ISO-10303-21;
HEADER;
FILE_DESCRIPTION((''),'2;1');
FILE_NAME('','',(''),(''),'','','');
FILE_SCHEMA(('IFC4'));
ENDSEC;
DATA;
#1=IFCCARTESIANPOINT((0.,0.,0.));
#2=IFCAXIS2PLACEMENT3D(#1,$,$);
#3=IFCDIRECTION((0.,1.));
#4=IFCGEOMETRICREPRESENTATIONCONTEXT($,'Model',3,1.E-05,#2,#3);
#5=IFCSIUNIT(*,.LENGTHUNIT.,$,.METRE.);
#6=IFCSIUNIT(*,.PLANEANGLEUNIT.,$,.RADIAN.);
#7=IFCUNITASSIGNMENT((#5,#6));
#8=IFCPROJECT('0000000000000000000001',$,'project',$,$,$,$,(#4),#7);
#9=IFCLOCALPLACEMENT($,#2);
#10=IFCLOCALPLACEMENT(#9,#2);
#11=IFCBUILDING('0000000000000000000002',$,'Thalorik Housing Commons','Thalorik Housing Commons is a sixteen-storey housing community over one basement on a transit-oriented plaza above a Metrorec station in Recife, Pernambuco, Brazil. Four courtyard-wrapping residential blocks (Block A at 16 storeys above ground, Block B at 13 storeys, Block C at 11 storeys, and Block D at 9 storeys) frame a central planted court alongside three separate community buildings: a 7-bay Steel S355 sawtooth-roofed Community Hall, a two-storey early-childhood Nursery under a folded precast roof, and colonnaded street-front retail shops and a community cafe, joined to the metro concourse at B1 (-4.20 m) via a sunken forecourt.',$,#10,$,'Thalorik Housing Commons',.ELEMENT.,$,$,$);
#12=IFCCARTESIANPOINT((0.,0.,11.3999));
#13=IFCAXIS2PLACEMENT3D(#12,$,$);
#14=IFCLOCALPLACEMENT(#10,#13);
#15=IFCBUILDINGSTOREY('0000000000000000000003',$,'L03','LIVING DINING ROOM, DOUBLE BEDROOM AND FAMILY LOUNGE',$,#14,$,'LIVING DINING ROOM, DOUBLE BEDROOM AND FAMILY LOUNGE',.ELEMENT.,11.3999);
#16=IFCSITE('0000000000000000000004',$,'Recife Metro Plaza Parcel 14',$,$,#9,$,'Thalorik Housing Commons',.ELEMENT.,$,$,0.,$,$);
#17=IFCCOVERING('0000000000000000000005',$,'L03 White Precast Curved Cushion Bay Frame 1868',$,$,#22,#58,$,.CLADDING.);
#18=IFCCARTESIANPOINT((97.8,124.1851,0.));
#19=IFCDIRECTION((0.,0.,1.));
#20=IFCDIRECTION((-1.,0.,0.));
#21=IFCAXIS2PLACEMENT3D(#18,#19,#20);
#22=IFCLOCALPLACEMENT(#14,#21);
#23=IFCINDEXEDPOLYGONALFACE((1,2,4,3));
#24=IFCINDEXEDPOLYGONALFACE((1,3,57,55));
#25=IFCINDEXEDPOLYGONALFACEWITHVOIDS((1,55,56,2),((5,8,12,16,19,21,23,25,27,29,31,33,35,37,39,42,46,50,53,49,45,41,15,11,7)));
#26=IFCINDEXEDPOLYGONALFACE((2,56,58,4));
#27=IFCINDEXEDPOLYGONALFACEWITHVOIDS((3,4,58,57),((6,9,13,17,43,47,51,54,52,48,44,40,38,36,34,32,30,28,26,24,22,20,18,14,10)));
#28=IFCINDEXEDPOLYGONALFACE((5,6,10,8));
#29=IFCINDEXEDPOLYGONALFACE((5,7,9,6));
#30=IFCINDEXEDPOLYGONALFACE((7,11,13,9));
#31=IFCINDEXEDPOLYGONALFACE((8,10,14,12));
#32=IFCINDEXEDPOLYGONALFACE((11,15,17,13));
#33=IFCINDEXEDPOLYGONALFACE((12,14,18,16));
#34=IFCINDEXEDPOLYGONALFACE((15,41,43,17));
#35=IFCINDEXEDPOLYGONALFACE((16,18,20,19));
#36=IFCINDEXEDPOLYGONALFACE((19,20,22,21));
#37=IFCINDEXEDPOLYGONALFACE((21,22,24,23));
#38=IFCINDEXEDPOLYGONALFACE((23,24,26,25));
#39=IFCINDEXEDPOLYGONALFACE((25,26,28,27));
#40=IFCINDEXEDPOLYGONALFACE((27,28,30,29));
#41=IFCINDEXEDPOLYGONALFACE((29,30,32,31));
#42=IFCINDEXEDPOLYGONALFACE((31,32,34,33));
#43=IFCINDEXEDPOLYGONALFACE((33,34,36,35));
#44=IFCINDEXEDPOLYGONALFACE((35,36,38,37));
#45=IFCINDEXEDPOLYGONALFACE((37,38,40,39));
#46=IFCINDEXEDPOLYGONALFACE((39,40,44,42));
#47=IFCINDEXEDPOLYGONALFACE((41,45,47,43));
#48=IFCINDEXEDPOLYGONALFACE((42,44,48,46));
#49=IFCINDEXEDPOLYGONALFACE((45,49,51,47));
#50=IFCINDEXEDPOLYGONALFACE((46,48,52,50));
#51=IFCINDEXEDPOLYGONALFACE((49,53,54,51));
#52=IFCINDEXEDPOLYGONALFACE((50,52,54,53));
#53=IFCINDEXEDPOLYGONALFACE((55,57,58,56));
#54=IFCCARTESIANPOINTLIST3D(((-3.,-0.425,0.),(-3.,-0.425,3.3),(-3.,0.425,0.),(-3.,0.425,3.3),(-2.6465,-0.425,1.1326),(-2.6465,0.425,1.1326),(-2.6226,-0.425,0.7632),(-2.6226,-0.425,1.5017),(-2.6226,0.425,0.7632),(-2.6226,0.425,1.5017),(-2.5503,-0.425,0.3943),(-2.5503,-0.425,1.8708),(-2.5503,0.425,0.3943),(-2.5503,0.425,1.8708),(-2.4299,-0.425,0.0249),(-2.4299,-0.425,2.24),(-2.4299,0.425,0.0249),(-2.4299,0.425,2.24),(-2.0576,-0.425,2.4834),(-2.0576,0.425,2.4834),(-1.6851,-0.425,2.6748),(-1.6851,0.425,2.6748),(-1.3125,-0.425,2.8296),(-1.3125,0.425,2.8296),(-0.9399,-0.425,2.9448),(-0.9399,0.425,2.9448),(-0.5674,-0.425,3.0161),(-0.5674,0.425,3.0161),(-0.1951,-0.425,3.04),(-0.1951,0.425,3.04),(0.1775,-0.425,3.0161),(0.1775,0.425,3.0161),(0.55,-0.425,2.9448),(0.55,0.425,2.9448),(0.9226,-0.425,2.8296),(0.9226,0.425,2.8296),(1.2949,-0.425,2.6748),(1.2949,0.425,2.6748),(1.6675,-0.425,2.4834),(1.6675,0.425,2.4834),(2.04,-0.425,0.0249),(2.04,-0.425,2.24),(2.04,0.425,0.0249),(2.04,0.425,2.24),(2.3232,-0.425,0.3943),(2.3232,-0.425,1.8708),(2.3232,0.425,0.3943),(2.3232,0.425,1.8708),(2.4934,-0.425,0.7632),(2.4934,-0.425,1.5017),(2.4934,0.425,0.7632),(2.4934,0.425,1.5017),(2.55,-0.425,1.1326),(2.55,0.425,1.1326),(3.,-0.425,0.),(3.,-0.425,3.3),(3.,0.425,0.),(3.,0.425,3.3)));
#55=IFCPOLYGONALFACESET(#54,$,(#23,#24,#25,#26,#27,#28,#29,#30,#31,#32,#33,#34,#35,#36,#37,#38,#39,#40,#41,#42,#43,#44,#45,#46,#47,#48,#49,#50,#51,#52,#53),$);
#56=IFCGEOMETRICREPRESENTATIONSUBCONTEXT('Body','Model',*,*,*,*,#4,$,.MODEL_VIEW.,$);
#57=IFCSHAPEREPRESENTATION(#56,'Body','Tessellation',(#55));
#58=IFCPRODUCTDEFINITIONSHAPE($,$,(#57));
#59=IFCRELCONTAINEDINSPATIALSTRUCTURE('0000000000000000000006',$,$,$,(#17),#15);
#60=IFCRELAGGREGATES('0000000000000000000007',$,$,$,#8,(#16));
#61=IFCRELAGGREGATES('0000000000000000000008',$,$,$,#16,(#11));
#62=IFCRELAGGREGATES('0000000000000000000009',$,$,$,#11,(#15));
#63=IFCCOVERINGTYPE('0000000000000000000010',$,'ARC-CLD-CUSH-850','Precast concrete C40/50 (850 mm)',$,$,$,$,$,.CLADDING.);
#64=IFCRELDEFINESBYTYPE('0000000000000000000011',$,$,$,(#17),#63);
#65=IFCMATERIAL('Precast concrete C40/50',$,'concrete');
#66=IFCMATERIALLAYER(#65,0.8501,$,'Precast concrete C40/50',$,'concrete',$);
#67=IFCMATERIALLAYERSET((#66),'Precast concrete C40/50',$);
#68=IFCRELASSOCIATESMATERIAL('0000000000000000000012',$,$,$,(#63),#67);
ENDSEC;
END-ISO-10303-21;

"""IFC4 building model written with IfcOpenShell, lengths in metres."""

from ifc_helpers import new_model, si_unit, direction, frame, origin, place, context, subcontext, project, spatial, polyline, outline, extrude, material, layer, layer_set, type_object, element, save


model = new_model("IFC4")

# Units and contexts
model_context = context("Model", 3, precision=1e-05, world=origin(), true_north=direction((0.0, 1.0)))
body_context = subcontext(model_context, "Body", "Model", "MODEL_VIEW")
ifc_project = project(units=[si_unit("LENGTHUNIT", "METRE"), si_unit("PLANEANGLEUNIT", "RADIAN")], contexts=[model_context])

# Site, building, storey
site_placement = place(None, origin())
site = spatial("IfcSite", under=ifc_project, at=site_placement, Name="Recife Metro Plaza Parcel 14", LongName="Thalorik Housing Commons", CompositionType="ELEMENT", RefElevation=0.0)
building_placement = place(site_placement, origin())
building = spatial("IfcBuilding", under=site, at=building_placement, Name="Thalorik Housing Commons", Description="Thalorik Housing Commons is a sixteen-storey housing community over one basement on a transit-oriented plaza above a Metrorec station in Recife, Pernambuco, Brazil. Four courtyard-wrapping residential blocks (Block A at 16 storeys above ground, Block B at 13 storeys, Block C at 11 storeys, and Block D at 9 storeys) frame a central planted court alongside three separate community buildings: a 7-bay Steel S355 sawtooth-roofed Community Hall, a two-storey early-childhood Nursery under a folded precast roof, and colonnaded street-front retail shops and a community cafe, joined to the metro concourse at B1 (-4.20 m) via a sunken forecourt.", LongName="Thalorik Housing Commons", CompositionType="ELEMENT")
storey_placement = place(building_placement, frame((0.0, 0.0, 11.3999)))
storey = spatial("IfcBuildingStorey", under=building, at=storey_placement, Name="L03", Description="LIVING DINING ROOM, DOUBLE BEDROOM AND FAMILY LOUNGE", LongName="LIVING DINING ROOM, DOUBLE BEDROOM AND FAMILY LOUNGE", CompositionType="ELEMENT", Elevation=11.3999)

# Shared definitions
ifc_material_1 = material(Name="Precast concrete C40/50", Category="concrete")

# Covering
ifc_layer_1 = layer(ifc_material_1, 0.8501, Name="Precast concrete C40/50", Category="concrete")
ifc_layer_set_1 = layer_set([ifc_layer_1], Name="Precast concrete C40/50")
covering_type_1 = type_object("IfcCoveringType", Name="ARC-CLD-CUSH-850", Description="Precast concrete C40/50 (850 mm)", PredefinedType="CLADDING", material=ifc_layer_set_1)
covering_1_placement = place(storey_placement, frame((97.8, 124.1851, 0.0), z_axis=(0.0, 0.0, 1.0), x_axis=(-1.0, 0.0, 0.0)))
element("IfcCovering", 1, at=covering_1_placement, inside=storey, type_object=covering_type_1, Name="L03 White Precast Curved Cushion Bay Frame 1868", PredefinedType="CLADDING", context=body_context, shape_type="SweptSolid", body=[
    extrude(outline(polyline([(-3.0, 0.0), (3.0, 0.0), (3.0, 3.3), (-3.0, 3.3), (-3.0, 0.0)]), holes=[polyline([(2.04, 0.0249), (2.3232, 0.3943), (2.4934, 0.7632), (2.55, 1.1326), (2.4934, 1.5017), (2.3232, 1.8708), (2.04, 2.24), (1.6675, 2.4834), (1.2949, 2.6748), (0.9226, 2.8296), (0.55, 2.9448), (0.1775, 3.0161), (-0.1951, 3.04), (-0.5674, 3.0161), (-0.9399, 2.9448), (-1.3125, 2.8296), (-1.6851, 2.6748), (-2.0576, 2.4834), (-2.4299, 2.24), (-2.5503, 1.8708), (-2.6226, 1.5017), (-2.6465, 1.1326), (-2.6226, 0.7632), (-2.5503, 0.3943), (-2.4299, 0.0249), (2.04, 0.0249)])]), frame((0.0, 0.425, 0.0), z_axis=(0.0, -1.0, 0.0), x_axis=(1.0, 0.0, 0.0)), (0.0, 0.0, 1.0), 0.8501),
])

save(model, "model.ifc")
